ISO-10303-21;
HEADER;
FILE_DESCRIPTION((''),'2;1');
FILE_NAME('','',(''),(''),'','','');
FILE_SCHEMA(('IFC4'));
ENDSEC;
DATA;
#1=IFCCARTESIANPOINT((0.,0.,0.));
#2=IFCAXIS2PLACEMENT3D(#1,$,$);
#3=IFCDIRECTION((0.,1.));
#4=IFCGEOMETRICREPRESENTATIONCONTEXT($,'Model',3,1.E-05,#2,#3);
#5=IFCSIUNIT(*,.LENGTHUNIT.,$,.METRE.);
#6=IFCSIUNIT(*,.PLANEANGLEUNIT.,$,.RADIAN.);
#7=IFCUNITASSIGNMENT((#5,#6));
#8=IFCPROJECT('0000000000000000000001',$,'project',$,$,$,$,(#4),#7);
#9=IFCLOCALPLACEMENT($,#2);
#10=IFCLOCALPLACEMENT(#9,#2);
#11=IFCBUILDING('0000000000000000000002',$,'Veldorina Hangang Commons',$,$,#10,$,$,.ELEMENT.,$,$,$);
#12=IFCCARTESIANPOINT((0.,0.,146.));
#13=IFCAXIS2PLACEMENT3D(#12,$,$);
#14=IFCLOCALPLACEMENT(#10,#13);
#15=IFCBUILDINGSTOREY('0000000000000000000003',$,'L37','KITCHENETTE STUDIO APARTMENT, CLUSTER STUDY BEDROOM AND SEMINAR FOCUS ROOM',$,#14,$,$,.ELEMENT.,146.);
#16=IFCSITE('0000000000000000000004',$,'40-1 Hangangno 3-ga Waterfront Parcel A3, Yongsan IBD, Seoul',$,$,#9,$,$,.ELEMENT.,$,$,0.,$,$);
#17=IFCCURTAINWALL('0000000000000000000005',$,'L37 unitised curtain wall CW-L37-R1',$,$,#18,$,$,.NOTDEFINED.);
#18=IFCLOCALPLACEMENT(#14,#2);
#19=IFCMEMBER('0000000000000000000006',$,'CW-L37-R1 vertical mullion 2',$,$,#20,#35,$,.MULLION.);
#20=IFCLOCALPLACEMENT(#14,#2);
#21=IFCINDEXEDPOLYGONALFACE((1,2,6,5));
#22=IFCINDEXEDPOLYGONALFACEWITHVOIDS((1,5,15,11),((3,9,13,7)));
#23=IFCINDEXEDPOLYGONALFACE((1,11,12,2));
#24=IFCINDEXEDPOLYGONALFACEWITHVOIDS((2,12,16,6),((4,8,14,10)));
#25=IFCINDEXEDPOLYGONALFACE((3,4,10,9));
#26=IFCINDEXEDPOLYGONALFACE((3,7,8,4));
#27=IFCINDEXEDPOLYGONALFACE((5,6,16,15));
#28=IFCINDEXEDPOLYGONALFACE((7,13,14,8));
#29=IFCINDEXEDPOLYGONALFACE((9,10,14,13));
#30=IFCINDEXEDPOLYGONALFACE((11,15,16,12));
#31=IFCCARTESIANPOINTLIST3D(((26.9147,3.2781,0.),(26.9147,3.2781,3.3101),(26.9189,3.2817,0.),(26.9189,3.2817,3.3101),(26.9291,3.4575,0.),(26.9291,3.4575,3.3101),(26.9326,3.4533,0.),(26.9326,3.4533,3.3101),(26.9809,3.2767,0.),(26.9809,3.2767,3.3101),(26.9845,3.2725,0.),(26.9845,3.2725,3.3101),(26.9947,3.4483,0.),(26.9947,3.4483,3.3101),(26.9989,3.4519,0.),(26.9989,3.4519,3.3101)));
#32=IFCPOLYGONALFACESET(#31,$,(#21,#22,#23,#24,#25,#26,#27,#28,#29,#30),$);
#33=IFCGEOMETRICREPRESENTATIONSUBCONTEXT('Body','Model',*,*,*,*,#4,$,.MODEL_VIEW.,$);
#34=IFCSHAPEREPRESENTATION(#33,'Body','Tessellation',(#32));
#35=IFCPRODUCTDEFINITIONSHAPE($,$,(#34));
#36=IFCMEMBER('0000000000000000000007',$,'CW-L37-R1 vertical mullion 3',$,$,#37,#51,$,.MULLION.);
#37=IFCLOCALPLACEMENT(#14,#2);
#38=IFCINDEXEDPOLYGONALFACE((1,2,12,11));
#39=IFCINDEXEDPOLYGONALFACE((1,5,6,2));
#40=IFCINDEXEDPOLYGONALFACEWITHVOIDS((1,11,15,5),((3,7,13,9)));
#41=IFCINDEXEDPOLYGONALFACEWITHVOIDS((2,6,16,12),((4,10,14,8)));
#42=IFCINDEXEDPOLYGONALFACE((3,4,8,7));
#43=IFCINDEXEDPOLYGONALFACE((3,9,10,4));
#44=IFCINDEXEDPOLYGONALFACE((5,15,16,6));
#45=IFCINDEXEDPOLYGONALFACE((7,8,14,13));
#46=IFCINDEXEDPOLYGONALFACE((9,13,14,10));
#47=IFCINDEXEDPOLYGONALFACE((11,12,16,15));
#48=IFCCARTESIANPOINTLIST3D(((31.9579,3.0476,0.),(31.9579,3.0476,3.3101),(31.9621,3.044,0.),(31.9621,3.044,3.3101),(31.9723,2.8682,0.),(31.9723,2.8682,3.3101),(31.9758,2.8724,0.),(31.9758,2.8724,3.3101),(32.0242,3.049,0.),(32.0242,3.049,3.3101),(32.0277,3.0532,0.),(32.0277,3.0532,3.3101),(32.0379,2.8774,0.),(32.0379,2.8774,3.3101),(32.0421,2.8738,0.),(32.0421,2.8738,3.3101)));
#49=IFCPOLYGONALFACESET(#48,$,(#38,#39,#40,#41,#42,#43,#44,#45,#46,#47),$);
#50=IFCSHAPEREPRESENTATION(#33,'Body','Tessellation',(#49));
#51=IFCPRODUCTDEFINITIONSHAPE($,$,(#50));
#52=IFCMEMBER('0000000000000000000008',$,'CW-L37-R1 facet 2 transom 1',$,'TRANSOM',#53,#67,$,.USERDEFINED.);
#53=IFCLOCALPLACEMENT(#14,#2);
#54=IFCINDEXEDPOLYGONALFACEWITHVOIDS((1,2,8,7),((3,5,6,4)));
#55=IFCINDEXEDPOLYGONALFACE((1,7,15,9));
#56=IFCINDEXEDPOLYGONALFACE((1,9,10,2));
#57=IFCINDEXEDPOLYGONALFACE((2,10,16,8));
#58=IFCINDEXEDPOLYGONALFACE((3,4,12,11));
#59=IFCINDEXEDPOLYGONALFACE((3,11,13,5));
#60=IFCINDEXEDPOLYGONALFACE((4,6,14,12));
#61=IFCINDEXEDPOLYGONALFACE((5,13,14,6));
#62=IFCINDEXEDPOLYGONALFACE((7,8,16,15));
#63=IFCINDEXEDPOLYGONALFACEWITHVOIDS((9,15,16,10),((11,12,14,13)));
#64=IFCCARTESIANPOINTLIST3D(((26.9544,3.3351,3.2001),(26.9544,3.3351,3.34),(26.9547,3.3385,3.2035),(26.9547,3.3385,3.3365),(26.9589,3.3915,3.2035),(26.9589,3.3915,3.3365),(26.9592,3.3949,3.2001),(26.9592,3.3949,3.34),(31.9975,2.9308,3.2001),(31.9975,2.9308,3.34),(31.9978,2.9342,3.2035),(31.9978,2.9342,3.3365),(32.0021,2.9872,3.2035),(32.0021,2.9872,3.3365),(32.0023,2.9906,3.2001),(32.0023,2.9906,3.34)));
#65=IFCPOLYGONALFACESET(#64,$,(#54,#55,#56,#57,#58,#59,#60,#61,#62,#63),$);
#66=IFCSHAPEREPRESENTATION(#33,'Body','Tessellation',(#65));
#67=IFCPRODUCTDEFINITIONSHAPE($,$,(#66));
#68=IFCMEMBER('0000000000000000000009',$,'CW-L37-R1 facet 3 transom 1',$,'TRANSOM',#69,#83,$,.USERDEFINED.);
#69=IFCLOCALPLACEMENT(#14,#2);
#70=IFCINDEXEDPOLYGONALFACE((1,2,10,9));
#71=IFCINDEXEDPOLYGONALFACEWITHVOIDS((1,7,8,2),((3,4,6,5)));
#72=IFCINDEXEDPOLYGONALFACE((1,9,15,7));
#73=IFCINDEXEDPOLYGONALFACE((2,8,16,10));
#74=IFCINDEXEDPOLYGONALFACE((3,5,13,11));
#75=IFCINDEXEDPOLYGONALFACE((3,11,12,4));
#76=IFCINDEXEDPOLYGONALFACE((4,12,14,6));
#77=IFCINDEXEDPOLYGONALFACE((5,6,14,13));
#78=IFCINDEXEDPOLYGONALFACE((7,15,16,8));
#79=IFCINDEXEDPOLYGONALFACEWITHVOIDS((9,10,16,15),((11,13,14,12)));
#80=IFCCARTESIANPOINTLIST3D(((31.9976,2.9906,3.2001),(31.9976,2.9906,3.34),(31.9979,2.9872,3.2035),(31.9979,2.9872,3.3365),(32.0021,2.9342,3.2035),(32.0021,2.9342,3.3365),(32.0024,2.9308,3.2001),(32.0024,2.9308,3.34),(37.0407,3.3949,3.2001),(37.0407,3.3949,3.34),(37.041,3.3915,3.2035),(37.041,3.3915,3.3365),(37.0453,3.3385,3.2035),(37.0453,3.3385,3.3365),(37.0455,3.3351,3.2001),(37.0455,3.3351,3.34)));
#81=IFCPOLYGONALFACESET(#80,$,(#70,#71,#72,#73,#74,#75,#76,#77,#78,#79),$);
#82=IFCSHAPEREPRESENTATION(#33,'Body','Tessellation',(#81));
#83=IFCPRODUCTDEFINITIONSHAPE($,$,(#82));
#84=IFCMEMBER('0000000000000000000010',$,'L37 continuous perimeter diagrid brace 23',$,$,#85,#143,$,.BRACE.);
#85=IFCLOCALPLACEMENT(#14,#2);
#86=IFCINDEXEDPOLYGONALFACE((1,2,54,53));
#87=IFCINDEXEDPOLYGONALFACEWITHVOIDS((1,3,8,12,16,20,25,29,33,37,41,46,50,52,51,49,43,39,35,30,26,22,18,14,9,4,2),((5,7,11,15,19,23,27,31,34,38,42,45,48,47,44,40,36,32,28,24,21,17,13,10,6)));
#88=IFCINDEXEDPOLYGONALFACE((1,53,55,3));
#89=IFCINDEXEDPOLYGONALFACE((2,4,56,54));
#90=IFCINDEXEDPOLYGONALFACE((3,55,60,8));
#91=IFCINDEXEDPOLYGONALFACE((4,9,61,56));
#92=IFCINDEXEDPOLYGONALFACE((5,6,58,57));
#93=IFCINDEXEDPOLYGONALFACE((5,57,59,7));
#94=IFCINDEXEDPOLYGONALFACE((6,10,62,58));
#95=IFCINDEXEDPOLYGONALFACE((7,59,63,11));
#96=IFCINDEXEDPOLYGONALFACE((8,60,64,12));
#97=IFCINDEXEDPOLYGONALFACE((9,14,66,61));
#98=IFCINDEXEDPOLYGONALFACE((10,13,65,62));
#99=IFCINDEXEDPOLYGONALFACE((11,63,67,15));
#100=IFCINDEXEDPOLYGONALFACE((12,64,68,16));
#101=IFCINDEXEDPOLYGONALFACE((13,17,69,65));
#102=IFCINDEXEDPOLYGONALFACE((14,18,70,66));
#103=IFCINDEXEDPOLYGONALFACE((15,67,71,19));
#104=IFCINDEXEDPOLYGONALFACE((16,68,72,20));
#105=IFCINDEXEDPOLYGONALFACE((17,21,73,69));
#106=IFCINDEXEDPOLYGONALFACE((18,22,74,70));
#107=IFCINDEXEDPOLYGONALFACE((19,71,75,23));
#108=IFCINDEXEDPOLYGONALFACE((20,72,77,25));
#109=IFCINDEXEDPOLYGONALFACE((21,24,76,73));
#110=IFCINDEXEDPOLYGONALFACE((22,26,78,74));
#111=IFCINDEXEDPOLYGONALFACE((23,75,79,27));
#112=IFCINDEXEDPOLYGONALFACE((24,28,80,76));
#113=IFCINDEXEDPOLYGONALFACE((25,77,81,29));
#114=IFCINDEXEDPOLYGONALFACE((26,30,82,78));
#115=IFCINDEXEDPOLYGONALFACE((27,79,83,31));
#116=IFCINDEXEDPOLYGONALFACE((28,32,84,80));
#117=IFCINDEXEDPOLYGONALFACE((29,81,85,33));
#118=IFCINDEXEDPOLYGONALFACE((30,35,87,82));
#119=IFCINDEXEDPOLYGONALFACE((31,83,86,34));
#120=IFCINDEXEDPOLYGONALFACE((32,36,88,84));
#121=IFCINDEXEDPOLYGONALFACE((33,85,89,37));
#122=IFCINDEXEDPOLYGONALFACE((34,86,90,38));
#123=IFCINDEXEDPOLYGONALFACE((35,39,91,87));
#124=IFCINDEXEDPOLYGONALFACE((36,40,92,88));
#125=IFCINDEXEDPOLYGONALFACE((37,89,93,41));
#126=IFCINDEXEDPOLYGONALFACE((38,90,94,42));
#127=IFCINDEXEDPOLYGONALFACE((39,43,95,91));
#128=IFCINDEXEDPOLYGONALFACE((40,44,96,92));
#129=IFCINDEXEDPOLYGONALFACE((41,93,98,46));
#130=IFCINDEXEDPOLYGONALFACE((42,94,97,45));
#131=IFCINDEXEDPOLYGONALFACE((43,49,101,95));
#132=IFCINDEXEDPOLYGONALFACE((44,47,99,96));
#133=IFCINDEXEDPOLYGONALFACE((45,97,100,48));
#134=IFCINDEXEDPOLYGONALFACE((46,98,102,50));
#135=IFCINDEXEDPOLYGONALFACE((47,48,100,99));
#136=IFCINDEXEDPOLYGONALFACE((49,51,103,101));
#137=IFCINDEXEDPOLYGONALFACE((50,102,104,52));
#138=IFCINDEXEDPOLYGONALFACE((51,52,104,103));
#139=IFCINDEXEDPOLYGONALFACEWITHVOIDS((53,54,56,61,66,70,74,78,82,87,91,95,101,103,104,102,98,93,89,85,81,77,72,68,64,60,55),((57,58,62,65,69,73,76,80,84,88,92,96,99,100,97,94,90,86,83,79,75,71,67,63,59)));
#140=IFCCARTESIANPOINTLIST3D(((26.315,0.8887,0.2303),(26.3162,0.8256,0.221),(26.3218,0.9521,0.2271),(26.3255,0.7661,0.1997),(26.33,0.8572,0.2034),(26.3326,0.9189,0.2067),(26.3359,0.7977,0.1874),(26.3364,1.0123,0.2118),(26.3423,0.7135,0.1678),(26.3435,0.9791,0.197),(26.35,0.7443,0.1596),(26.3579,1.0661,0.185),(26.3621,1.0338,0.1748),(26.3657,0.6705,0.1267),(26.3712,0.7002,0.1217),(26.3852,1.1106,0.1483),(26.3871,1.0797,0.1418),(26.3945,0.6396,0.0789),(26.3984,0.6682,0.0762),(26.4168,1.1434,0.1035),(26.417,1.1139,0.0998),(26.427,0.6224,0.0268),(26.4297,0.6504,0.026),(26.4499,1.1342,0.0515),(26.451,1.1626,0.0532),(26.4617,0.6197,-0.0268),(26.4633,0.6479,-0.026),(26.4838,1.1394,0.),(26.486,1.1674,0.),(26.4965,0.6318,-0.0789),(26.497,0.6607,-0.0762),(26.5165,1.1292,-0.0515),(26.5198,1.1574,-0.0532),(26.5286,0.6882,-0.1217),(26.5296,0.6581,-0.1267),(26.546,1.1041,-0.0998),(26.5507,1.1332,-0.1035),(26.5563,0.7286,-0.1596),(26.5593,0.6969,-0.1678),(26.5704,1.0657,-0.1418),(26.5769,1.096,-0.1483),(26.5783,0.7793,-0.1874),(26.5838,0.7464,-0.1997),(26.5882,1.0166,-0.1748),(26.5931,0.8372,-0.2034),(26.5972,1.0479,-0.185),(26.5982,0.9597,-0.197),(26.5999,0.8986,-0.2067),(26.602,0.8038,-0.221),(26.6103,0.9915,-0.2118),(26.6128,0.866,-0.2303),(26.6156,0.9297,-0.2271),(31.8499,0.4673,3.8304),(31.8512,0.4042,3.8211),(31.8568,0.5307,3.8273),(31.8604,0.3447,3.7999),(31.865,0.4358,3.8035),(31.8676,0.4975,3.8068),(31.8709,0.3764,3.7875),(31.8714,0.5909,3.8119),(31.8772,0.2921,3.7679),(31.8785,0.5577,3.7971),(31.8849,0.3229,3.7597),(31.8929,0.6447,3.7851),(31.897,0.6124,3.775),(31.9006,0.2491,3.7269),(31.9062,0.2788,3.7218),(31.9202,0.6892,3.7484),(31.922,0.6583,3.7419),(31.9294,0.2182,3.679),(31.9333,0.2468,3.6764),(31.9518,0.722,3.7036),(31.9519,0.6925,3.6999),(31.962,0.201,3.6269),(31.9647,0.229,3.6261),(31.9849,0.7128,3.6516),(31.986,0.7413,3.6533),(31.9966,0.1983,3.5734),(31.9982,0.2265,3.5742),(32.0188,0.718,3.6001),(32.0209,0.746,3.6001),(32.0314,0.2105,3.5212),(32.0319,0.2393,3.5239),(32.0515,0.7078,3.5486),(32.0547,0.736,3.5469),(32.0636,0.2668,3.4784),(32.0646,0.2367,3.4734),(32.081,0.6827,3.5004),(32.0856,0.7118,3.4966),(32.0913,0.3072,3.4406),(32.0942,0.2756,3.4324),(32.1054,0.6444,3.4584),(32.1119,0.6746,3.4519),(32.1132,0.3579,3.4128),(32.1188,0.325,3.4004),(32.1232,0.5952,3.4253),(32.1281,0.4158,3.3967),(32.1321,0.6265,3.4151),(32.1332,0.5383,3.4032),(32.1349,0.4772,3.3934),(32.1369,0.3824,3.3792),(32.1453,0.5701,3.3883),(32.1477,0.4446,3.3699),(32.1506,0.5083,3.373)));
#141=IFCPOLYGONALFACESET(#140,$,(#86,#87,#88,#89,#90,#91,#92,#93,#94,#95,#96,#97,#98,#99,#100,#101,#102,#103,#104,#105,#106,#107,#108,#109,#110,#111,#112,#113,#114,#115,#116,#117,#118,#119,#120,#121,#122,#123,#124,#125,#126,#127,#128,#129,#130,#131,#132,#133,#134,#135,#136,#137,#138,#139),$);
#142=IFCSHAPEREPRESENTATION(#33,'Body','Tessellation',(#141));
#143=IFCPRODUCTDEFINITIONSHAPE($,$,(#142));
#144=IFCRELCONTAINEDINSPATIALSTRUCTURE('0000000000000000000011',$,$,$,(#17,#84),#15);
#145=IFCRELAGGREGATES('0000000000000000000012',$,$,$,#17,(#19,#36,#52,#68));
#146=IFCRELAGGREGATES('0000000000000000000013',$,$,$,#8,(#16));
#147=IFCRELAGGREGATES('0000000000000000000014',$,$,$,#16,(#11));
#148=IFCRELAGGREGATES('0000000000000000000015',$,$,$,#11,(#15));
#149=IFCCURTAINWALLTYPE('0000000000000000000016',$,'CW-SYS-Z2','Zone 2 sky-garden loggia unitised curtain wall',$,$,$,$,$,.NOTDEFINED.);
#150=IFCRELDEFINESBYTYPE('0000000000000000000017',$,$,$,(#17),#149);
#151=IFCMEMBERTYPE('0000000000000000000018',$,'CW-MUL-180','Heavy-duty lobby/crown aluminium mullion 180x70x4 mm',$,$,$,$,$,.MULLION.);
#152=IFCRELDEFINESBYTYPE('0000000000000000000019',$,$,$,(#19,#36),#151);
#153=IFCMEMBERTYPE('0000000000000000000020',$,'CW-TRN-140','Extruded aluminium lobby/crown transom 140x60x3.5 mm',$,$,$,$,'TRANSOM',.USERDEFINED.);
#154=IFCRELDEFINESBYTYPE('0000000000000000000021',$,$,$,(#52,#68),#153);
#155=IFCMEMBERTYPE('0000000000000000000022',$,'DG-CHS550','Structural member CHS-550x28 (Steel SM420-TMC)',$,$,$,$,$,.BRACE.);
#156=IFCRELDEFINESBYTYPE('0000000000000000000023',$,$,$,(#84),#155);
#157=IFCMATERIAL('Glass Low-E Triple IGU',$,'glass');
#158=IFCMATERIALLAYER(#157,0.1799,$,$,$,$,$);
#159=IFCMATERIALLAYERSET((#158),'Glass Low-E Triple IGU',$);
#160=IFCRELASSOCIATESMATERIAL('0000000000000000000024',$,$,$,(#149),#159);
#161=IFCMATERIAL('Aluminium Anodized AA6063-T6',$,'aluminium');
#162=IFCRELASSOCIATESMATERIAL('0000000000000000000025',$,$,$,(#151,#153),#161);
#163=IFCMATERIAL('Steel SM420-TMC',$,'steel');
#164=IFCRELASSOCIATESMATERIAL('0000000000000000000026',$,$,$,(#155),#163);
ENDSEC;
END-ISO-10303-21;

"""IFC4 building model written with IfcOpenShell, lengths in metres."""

from ifc_helpers import new_model, si_unit, direction, frame, origin, origin_2d, place, context, subcontext, project, spatial, hollow_rectangle, hollow_circle, extrude, material, layer, layer_set, material_profile, profile_set, type_object, element, aggregate, save


model = new_model("IFC4")

# Units and contexts
model_context = context("Model", 3, precision=1e-05, world=origin(), true_north=direction((0.0, 1.0)))
body_context = subcontext(model_context, "Body", "Model", "MODEL_VIEW")
ifc_project = project(units=[si_unit("LENGTHUNIT", "METRE"), si_unit("PLANEANGLEUNIT", "RADIAN")], contexts=[model_context])

# Site, building, storey
site_placement = place(None, origin())
site = spatial("IfcSite", under=ifc_project, at=site_placement, Name="40-1 Hangangno 3-ga Waterfront Parcel A3, Yongsan IBD, Seoul", CompositionType="ELEMENT", RefElevation=0.0)
building_placement = place(site_placement, origin())
building = spatial("IfcBuilding", under=site, at=building_placement, Name="Veldorina Hangang Commons", CompositionType="ELEMENT")
storey_placement = place(building_placement, frame((0.0, 0.0, 146.0)))
storey = spatial("IfcBuildingStorey", under=building, at=storey_placement, Name="L37", Description="KITCHENETTE STUDIO APARTMENT, CLUSTER STUDY BEDROOM AND SEMINAR FOCUS ROOM", CompositionType="ELEMENT", Elevation=146.0)

# Shared definitions
ifc_material_1 = material(Name="Steel SM420-TMC", Category="steel")

# Curtain wall, members
ifc_material_2 = material(Name="Glass Low-E Triple IGU", Category="glass")
ifc_layer_1 = layer(ifc_material_2, 0.1799)
ifc_layer_set_1 = layer_set([ifc_layer_1], Name="Glass Low-E Triple IGU")
curtain_wall_type = type_object("IfcCurtainWallType", Name="CW-SYS-Z2", Description="Zone 2 sky-garden loggia unitised curtain wall", PredefinedType="NOTDEFINED", material=ifc_layer_set_1)
curtain_wall_placement = place(storey_placement, origin())
curtain_wall = element("IfcCurtainWall", 1, at=curtain_wall_placement, inside=storey, type_object=curtain_wall_type, Name="L37 unitised curtain wall CW-L37-R1", PredefinedType="NOTDEFINED")
ifc_material_3 = material(Name="Aluminium Anodized AA6063-T6", Category="aluminium")
ifc_material_profile_1 = material_profile(ifc_material_3, hollow_rectangle(XDim=0.0701, YDim=0.1799, WallThickness=0.0039, at=origin_2d()), Name="ALU-RHS-180x70x4")
ifc_profile_set_1 = profile_set([ifc_material_profile_1], Name="Aluminium Anodized AA6063-T6")
member_type_1 = type_object("IfcMemberType", Name="CW-MUL-180", Description="Heavy-duty lobby/crown aluminium mullion 180x70x4 mm", PredefinedType="MULLION", material=ifc_profile_set_1)
member_1_placement = place(storey_placement, frame((26.9568, 3.365, 0.0), z_axis=(0.0, 0.0, 1.0), x_axis=(0.996803, -0.079903, 0.0)))
member_1 = element("IfcMember", 2, at=member_1_placement, type_object=member_type_1, Name="CW-L37-R1 vertical mullion 2", PredefinedType="MULLION", context=body_context, shape_type="SweptSolid", body=[
    extrude(hollow_rectangle(XDim=0.0701, YDim=0.1799, WallThickness=0.0039, at=origin_2d()), origin(), (0.0, 0.0, 1.0), 3.3101),
])
member_2_placement = place(storey_placement, frame((32.0, 2.9607, 0.0), z_axis=(0.0, 0.0, 1.0), x_axis=(0.996803, 0.079903, 0.0)))
member_2 = element("IfcMember", 3, at=member_2_placement, type_object=member_type_1, Name="CW-L37-R1 vertical mullion 3", PredefinedType="MULLION", context=body_context, shape_type="SweptSolid", body=[
    extrude(hollow_rectangle(XDim=0.0701, YDim=0.1799, WallThickness=0.0039, at=origin_2d()), origin(), (0.0, 0.0, 1.0), 3.3101),
])
ifc_material_profile_2 = material_profile(ifc_material_3, hollow_rectangle(XDim=0.0601, YDim=0.1399, WallThickness=0.0034, at=origin_2d()), Name="ALU-RHS-140x60x3.5")
ifc_profile_set_2 = profile_set([ifc_material_profile_2], Name="Aluminium Anodized AA6063-T6")
member_type_2 = type_object("IfcMemberType", Name="CW-TRN-140", Description="Extruded aluminium lobby/crown transom 140x60x3.5 mm", ElementType="TRANSOM", PredefinedType="USERDEFINED", material=ifc_profile_set_2)
member_3_placement = place(storey_placement, frame((26.9568, 3.365, 3.27), z_axis=(0.996802, -0.07991, 0.0), x_axis=(0.07991, 0.996802, 0.0)))
member_3 = element("IfcMember", 4, at=member_3_placement, type_object=member_type_2, Name="CW-L37-R1 facet 2 transom 1", ObjectType="TRANSOM", PredefinedType="USERDEFINED", context=body_context, shape_type="SweptSolid", body=[
    extrude(hollow_rectangle(XDim=0.0601, YDim=0.1399, WallThickness=0.0034, at=origin_2d()), origin(), (0.0, 0.0, 1.0), 5.0593),
])
member_4_placement = place(storey_placement, frame((32.0, 2.9607, 3.27), z_axis=(0.996802, 0.07991, 0.0), x_axis=(-0.07991, 0.996802, 0.0)))
member_4 = element("IfcMember", 5, at=member_4_placement, type_object=member_type_2, Name="CW-L37-R1 facet 3 transom 1", ObjectType="TRANSOM", PredefinedType="USERDEFINED", context=body_context, shape_type="SweptSolid", body=[
    extrude(hollow_rectangle(XDim=0.0601, YDim=0.1399, WallThickness=0.0034, at=origin_2d()), origin(), (0.0, 0.0, 1.0), 5.0593),
])

# Member
ifc_material_profile_3 = material_profile(ifc_material_1, hollow_circle(Radius=0.2749, WallThickness=0.0281, at=origin_2d()), Name="CHS-550x28")
ifc_profile_set_3 = profile_set([ifc_material_profile_3], Name="Steel SM420-TMC")
member_type_3 = type_object("IfcMemberType", Name="DG-CHS550", Description="Structural member CHS-550x28 (Steel SM420-TMC)", PredefinedType="BRACE", material=ifc_profile_set_3)
member_5_placement = place(storey_placement, frame((26.4651, 0.8933, 0.0), z_axis=(0.836575, -0.063691, 0.544137), x_axis=(0.075913, 0.997114, 0.0)))
element("IfcMember", 6, at=member_5_placement, inside=storey, type_object=member_type_3, Name="L37 continuous perimeter diagrid brace 23", PredefinedType="BRACE", context=body_context, shape_type="SweptSolid", body=[
    extrude(hollow_circle(Radius=0.2749, WallThickness=0.0281, at=origin_2d()), origin(), (0.0, 0.0, 1.0), 6.6162),
])

aggregate(curtain_wall, [member_1, member_2, member_3, member_4])

save(model, "model.ifc")
